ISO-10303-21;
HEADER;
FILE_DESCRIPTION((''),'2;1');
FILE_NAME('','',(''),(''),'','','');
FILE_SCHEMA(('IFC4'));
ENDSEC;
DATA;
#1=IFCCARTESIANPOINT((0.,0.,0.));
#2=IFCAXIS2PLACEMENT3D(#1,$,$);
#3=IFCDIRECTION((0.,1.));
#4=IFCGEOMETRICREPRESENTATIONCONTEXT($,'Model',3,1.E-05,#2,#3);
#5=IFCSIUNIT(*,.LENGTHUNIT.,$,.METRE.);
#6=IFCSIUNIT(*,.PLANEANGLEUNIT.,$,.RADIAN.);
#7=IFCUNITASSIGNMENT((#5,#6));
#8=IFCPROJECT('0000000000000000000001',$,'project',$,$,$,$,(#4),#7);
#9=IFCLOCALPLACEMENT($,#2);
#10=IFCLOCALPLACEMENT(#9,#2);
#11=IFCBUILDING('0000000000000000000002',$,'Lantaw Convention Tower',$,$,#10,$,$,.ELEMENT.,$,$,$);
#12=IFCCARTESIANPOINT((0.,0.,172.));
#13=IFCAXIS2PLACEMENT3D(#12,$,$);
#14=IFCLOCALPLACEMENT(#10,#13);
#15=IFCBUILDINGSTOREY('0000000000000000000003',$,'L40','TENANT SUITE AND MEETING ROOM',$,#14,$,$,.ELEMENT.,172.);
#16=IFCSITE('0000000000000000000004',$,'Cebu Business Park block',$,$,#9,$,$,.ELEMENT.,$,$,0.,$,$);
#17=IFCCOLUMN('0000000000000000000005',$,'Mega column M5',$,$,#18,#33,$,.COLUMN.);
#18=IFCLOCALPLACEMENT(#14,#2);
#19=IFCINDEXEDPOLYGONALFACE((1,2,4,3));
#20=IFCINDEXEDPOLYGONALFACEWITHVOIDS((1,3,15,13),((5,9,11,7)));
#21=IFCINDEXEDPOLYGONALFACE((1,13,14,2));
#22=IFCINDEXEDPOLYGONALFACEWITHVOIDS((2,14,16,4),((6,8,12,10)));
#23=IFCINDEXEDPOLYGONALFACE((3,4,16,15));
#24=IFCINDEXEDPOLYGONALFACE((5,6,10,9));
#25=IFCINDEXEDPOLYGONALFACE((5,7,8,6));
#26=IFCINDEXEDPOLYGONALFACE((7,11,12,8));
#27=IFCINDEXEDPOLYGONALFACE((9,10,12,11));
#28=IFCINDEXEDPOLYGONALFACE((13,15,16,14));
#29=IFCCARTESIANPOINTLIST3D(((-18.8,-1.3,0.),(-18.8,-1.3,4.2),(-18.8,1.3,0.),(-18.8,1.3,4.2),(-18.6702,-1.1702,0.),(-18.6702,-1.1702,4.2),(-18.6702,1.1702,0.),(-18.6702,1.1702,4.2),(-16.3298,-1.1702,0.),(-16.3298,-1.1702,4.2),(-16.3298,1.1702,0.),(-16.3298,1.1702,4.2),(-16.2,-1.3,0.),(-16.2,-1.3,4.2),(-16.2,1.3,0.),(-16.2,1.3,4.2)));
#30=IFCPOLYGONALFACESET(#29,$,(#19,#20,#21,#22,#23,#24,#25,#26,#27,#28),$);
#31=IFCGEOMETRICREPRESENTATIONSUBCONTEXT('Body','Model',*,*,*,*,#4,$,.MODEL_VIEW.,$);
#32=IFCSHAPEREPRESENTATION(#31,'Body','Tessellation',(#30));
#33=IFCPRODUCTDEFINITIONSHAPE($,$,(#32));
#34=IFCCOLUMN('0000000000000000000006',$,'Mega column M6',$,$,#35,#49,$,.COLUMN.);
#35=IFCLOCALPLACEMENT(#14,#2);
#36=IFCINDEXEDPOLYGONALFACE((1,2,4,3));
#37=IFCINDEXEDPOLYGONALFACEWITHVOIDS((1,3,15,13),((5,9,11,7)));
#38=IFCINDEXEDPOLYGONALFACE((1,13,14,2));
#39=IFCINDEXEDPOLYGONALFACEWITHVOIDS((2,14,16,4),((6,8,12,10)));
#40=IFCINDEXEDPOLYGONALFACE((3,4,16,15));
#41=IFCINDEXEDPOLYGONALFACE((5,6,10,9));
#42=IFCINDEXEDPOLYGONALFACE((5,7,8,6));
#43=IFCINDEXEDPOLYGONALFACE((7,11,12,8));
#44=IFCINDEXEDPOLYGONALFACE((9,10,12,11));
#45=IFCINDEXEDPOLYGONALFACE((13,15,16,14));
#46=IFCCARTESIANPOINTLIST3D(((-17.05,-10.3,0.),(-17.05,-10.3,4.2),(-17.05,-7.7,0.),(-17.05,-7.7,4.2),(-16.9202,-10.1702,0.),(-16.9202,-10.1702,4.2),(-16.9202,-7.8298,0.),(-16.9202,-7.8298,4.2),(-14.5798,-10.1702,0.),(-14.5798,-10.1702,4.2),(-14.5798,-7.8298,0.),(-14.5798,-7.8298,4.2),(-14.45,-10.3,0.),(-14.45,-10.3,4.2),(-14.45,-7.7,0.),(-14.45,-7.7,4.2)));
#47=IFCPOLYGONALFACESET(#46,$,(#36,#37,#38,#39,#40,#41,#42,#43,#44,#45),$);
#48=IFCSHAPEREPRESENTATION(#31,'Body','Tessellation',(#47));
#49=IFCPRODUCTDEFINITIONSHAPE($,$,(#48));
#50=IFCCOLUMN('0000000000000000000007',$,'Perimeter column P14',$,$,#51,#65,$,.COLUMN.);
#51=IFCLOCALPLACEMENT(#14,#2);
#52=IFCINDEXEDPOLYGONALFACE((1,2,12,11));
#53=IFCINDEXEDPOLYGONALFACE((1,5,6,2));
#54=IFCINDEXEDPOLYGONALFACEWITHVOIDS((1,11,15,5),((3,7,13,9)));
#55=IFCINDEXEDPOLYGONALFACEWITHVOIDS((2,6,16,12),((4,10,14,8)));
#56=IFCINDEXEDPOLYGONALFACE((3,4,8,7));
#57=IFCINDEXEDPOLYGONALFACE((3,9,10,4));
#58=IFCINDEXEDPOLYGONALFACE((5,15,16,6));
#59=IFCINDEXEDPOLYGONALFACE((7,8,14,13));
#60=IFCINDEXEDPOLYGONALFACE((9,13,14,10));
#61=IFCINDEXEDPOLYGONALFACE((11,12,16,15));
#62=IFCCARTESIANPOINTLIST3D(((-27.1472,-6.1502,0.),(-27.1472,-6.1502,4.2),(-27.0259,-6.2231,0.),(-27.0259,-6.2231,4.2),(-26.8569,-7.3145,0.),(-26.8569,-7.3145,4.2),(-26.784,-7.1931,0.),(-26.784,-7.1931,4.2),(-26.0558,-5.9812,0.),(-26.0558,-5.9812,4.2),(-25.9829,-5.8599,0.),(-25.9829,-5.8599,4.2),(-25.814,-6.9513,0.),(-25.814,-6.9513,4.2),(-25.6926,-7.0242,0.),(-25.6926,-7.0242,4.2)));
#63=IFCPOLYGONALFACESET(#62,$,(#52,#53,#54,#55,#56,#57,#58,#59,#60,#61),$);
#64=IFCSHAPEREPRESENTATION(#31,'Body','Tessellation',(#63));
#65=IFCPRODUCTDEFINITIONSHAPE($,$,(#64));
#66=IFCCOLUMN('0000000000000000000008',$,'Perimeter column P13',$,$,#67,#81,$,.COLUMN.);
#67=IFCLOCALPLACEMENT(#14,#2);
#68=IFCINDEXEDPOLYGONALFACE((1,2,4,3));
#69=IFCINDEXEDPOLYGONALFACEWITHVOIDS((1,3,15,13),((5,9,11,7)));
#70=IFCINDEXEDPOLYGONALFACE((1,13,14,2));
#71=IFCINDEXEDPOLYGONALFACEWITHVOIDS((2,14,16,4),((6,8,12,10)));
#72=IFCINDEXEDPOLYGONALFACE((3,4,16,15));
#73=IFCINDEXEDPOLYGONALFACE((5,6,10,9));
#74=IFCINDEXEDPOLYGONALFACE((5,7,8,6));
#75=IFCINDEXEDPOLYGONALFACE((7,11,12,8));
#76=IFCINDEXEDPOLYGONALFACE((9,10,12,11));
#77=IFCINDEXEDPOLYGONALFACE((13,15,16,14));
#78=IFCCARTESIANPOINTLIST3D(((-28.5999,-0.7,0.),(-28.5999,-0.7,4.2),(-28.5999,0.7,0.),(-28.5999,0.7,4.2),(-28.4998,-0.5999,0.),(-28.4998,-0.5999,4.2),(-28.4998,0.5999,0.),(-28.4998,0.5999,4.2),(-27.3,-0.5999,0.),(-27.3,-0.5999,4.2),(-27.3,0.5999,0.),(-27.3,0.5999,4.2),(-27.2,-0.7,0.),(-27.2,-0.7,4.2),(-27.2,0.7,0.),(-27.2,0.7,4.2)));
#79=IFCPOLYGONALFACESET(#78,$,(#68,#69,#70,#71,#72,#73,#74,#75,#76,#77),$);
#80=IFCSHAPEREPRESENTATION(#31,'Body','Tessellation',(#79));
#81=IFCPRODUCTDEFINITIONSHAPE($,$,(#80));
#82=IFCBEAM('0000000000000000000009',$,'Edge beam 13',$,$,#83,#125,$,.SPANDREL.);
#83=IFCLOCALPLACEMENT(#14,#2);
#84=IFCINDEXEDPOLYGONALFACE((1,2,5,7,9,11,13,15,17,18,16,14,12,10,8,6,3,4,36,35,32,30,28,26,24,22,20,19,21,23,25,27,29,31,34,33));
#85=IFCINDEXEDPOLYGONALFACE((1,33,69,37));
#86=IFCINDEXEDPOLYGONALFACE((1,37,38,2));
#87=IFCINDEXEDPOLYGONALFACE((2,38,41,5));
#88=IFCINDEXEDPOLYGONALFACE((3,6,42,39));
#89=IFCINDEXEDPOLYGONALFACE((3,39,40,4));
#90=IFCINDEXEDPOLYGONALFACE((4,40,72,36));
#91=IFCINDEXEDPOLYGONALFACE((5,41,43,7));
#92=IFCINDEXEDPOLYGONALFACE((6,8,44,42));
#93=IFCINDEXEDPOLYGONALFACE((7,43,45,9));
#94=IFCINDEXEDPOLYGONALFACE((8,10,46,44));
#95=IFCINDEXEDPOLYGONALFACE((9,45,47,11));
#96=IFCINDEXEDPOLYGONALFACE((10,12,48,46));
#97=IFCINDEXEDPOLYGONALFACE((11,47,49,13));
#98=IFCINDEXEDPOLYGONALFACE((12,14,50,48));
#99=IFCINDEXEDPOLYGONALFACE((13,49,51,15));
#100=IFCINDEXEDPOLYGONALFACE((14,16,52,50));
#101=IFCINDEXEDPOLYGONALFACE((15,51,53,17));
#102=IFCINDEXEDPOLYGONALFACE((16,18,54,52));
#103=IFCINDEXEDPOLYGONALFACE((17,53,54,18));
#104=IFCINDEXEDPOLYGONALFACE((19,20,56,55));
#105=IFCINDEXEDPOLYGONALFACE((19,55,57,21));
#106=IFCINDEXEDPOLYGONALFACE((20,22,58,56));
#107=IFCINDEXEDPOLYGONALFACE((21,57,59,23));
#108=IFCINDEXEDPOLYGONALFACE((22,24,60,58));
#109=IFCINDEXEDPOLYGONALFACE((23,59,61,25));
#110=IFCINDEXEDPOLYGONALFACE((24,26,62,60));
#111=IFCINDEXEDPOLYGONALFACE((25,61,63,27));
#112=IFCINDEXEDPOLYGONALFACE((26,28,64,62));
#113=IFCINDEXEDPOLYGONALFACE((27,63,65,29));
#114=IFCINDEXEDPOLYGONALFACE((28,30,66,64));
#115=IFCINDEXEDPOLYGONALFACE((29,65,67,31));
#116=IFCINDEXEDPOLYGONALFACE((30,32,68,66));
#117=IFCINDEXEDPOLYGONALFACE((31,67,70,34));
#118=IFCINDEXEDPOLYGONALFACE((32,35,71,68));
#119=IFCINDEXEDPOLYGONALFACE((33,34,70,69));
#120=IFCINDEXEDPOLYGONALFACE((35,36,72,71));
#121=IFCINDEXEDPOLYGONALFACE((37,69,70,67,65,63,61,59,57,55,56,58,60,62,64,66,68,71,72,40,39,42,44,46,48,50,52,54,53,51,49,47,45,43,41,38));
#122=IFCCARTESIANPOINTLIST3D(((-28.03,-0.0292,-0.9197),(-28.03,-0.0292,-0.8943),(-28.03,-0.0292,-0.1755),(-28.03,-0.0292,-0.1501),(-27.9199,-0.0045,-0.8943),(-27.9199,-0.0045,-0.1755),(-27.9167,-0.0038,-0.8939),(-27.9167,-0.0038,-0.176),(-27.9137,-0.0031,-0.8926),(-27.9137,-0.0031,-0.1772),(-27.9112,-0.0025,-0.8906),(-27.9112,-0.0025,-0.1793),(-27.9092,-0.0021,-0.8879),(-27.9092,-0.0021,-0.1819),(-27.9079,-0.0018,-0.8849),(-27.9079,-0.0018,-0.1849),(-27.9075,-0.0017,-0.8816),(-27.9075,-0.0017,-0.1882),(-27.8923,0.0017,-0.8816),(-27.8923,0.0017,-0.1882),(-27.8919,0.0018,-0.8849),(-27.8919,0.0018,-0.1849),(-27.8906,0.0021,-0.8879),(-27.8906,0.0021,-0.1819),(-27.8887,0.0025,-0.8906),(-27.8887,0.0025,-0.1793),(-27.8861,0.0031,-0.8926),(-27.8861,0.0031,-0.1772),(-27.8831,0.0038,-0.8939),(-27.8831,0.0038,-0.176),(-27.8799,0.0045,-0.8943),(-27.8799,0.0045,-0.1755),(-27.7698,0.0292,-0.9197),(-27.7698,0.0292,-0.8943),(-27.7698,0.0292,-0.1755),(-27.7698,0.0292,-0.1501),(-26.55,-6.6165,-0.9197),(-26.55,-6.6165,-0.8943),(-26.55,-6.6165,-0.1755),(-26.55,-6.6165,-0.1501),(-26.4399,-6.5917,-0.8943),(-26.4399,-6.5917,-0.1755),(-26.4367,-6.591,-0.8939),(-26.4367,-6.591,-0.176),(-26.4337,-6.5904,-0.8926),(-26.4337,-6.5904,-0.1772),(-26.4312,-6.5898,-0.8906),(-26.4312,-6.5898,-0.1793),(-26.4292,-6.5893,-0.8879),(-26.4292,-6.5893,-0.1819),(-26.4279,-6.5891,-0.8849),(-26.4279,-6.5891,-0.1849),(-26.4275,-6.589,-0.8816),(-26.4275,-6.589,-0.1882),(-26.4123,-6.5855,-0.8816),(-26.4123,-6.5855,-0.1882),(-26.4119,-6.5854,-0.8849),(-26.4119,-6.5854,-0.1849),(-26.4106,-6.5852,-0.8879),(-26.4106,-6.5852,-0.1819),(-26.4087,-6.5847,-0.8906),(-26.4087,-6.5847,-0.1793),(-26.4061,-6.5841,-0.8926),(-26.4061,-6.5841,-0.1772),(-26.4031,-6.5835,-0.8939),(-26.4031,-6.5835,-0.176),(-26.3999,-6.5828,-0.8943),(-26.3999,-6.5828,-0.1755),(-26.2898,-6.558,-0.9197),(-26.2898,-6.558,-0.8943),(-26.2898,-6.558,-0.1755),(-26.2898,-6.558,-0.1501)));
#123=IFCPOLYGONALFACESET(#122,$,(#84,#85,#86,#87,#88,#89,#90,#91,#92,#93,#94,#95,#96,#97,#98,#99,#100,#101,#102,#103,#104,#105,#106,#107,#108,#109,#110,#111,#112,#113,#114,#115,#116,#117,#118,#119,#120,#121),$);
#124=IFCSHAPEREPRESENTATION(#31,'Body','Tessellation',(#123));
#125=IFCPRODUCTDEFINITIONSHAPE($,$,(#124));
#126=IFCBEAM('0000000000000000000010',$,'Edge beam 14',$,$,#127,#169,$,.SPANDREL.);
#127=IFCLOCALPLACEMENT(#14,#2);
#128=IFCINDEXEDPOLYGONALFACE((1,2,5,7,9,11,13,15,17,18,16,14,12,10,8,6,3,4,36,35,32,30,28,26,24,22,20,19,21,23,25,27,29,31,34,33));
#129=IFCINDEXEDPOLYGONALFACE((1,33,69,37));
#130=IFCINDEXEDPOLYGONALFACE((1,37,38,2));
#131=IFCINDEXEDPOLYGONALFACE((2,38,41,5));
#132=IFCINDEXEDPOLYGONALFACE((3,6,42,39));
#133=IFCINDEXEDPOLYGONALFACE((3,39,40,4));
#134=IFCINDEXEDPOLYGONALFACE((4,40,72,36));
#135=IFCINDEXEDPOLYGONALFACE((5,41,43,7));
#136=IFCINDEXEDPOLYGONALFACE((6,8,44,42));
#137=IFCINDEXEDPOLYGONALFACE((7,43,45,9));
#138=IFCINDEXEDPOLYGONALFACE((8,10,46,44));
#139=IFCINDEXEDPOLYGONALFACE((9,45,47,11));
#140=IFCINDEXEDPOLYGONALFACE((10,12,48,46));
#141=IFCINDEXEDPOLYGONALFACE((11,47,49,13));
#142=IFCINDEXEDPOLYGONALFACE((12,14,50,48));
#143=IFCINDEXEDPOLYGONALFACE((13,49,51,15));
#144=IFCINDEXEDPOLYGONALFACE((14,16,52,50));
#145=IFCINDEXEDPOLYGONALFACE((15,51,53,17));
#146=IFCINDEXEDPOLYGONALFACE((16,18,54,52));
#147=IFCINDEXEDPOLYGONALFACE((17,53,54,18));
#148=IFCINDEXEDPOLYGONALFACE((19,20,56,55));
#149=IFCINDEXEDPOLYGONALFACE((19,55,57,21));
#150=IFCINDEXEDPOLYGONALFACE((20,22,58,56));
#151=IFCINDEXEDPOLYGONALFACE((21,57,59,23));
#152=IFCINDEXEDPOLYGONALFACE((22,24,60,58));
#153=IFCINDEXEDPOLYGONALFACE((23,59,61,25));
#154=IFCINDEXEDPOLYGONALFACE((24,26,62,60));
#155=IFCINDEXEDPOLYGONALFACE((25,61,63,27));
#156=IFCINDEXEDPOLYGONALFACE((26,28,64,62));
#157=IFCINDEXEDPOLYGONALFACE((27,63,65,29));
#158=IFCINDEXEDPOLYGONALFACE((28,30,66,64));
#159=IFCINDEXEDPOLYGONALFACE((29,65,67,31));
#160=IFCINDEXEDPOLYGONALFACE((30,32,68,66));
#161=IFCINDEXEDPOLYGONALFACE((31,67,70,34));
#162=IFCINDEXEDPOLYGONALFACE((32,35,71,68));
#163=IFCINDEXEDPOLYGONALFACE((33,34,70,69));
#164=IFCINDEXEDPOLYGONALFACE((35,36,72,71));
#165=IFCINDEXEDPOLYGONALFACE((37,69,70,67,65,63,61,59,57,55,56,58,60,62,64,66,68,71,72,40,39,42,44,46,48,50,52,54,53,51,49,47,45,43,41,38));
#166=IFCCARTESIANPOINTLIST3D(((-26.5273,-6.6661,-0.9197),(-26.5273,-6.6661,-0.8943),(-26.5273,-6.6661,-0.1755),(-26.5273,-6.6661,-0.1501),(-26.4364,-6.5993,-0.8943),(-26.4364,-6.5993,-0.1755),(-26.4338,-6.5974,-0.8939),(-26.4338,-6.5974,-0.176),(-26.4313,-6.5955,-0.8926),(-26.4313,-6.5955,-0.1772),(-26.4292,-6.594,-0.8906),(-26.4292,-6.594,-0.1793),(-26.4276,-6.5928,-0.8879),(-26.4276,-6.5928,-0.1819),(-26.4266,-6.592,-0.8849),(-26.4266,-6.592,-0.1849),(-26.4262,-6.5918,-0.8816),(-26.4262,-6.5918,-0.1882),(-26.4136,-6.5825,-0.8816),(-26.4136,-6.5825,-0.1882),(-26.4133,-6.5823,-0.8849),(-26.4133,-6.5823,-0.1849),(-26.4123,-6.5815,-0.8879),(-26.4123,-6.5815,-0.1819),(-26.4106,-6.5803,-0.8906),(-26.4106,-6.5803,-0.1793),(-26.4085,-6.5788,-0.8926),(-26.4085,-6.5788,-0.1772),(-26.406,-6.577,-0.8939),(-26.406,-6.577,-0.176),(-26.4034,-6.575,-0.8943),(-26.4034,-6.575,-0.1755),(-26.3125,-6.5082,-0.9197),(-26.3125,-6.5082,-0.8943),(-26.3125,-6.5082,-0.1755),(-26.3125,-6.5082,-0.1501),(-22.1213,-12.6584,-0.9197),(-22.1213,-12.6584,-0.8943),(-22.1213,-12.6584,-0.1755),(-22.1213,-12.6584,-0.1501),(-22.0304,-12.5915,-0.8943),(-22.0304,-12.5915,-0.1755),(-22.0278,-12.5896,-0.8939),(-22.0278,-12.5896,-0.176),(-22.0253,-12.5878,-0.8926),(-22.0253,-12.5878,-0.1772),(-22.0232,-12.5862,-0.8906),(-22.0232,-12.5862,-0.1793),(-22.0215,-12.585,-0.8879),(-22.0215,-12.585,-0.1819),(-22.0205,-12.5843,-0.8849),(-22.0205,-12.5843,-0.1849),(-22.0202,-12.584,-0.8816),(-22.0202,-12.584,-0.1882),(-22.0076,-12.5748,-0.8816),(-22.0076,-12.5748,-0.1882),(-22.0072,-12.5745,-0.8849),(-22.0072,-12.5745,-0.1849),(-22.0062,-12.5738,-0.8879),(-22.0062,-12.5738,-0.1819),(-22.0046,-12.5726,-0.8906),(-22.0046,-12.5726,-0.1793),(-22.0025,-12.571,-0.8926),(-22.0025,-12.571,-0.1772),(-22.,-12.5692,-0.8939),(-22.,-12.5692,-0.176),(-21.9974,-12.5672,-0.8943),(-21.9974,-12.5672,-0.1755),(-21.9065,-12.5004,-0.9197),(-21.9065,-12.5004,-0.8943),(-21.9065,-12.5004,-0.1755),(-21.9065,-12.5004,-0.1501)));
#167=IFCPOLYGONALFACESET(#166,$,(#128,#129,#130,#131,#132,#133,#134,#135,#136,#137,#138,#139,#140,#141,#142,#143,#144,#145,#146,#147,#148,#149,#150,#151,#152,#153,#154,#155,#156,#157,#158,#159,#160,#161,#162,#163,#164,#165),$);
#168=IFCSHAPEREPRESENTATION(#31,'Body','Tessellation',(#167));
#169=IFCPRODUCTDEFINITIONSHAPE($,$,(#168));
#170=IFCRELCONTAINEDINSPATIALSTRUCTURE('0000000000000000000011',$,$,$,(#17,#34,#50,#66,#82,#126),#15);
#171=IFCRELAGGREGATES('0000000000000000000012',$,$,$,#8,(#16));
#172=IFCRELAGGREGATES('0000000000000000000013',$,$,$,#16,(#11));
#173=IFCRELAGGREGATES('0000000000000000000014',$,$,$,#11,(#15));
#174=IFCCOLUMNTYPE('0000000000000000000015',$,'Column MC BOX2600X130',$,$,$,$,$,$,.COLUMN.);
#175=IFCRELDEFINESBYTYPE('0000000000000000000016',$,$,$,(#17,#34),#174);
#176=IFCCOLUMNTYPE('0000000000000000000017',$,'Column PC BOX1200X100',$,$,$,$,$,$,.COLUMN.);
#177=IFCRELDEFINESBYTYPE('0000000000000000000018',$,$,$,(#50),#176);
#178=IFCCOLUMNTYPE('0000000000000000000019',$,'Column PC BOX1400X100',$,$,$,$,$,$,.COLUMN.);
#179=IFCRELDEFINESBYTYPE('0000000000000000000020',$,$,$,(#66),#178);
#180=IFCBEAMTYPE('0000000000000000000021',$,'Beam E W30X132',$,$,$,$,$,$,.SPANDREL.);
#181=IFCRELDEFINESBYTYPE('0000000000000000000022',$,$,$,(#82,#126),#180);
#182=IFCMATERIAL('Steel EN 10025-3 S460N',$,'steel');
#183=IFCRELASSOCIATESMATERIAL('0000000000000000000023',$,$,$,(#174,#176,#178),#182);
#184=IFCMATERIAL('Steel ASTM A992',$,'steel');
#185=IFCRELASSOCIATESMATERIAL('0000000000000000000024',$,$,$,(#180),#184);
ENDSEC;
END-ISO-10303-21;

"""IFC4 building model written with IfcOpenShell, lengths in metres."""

from ifc_helpers import new_model, si_unit, direction, frame, origin, origin_2d, place, context, subcontext, project, spatial, rectangle, hollow_rectangle, i_section, extrude, material, material_profile, profile_set, type_object, element, save


model = new_model("IFC4")

# Units and contexts
model_context = context("Model", 3, precision=1e-05, world=origin(), true_north=direction((0.0, 1.0)))
body_context = subcontext(model_context, "Body", "Model", "MODEL_VIEW")
ifc_project = project(units=[si_unit("LENGTHUNIT", "METRE"), si_unit("PLANEANGLEUNIT", "RADIAN")], contexts=[model_context])

# Site, building, storey
site_placement = place(None, origin())
site = spatial("IfcSite", under=ifc_project, at=site_placement, Name="Cebu Business Park block", CompositionType="ELEMENT", RefElevation=0.0)
building_placement = place(site_placement, origin())
building = spatial("IfcBuilding", under=site, at=building_placement, Name="Lantaw Convention Tower", CompositionType="ELEMENT")
storey_placement = place(building_placement, frame((0.0, 0.0, 172.0)))
storey = spatial("IfcBuildingStorey", under=building, at=storey_placement, Name="L40", Description="TENANT SUITE AND MEETING ROOM", CompositionType="ELEMENT", Elevation=172.0)

# Columns
ifc_material_1 = material(Name="Steel EN 10025-3 S460N", Category="steel")
ifc_material_profile_1 = material_profile(ifc_material_1, hollow_rectangle(XDim=2.6001, YDim=2.6001, WallThickness=0.1299, at=origin_2d()), Name="BOX2600X130")
ifc_material_2 = material(Name="Concrete C60/75", Category="concrete")
ifc_material_profile_2 = material_profile(ifc_material_2, rectangle(XDim=2.3401, YDim=2.3401, at=origin_2d()), Name="Concrete fill of BOX2600X130")
ifc_profile_set_1 = profile_set([ifc_material_profile_1, ifc_material_profile_2], Name="Steel EN 10025-3 S460N")
column_type_1 = type_object("IfcColumnType", Name="Column MC BOX2600X130", PredefinedType="COLUMN", material=ifc_profile_set_1)
for number, where, z_axis, x_axis, name in (
    (1, (-17.5, 0.0, 0.0), (0.0, 0.0, 1.0), (1.0, 0.0, 0.0), "Mega column M5"),
    (2, (-15.75, -9.0, 0.0), (0.0, 0.0, 1.0), (1.0, 0.0, 0.0), "Mega column M6"),
):
    element("IfcColumn", number, at=place(storey_placement, frame(where, z_axis=z_axis, x_axis=x_axis)), inside=storey, type_object=column_type_1, Name=name, PredefinedType="COLUMN", context=body_context, shape_type="SweptSolid", body=[
        extrude(hollow_rectangle(XDim=2.6001, YDim=2.6001, WallThickness=0.1299, at=origin_2d()), origin(), (0.0, 0.0, 1.0), 4.2),
    ])
ifc_material_profile_3 = material_profile(ifc_material_1, hollow_rectangle(XDim=1.2, YDim=1.2, WallThickness=0.1001, at=origin_2d()), Name="BOX1200X100")
ifc_material_profile_4 = material_profile(ifc_material_2, rectangle(XDim=1.0, YDim=1.0, at=origin_2d()), Name="Concrete fill of BOX1200X100")
ifc_profile_set_2 = profile_set([ifc_material_profile_3, ifc_material_profile_4], Name="Steel EN 10025-3 S460N")
column_type_2 = type_object("IfcColumnType", Name="Column PC BOX1200X100", PredefinedType="COLUMN", material=ifc_profile_set_2)
column_1_placement = place(storey_placement, frame((-26.4199, -6.5872, 0.0), z_axis=(0.0, 0.0, 1.0), x_axis=(0.970296, 0.241922, 0.0)))
element("IfcColumn", 3, at=column_1_placement, inside=storey, type_object=column_type_2, Name="Perimeter column P14", PredefinedType="COLUMN", context=body_context, shape_type="SweptSolid", body=[
    extrude(hollow_rectangle(XDim=1.2, YDim=1.2, WallThickness=0.1001, at=origin_2d()), origin(), (0.0, 0.0, 1.0), 4.2),
])
ifc_material_profile_5 = material_profile(ifc_material_1, hollow_rectangle(XDim=1.3999, YDim=1.3999, WallThickness=0.1001, at=origin_2d()), Name="BOX1400X100")
ifc_material_profile_6 = material_profile(ifc_material_2, rectangle(XDim=1.2, YDim=1.2, at=origin_2d()), Name="Concrete fill of BOX1400X100")
ifc_profile_set_3 = profile_set([ifc_material_profile_5, ifc_material_profile_6], Name="Steel EN 10025-3 S460N")
column_type_3 = type_object("IfcColumnType", Name="Column PC BOX1400X100", PredefinedType="COLUMN", material=ifc_profile_set_3)
column_2_placement = place(storey_placement, frame((-27.8999, 0.0, 0.0), z_axis=(0.0, 0.0, 1.0), x_axis=(1.0, 0.0, 0.0)))
element("IfcColumn", 4, at=column_2_placement, inside=storey, type_object=column_type_3, Name="Perimeter column P13", PredefinedType="COLUMN", context=body_context, shape_type="SweptSolid", body=[
    extrude(hollow_rectangle(XDim=1.3999, YDim=1.3999, WallThickness=0.1001, at=origin_2d()), origin(), (0.0, 0.0, 1.0), 4.2),
])

# Beams
ifc_material_3 = material(Name="Steel ASTM A992", Category="steel")
ifc_material_profile_7 = material_profile(ifc_material_3, i_section(OverallWidth=0.2666, OverallDepth=0.7695, WebThickness=0.0156, FlangeThickness=0.0254, FilletRadius=0.0127, at=origin_2d()), Name="W30X132")
ifc_profile_set_4 = profile_set([ifc_material_profile_7], Name="Steel ASTM A992")
beam_type_1 = type_object("IfcBeamType", Name="Beam E W30X132", PredefinedType="SPANDREL", material=ifc_profile_set_4)
beam_1_placement = place(storey_placement, frame((-27.8999, 0.0, -0.5349), z_axis=(0.219212, -0.975677, 0.0), x_axis=(0.975677, 0.219212, 0.0)))
element("IfcBeam", 5, at=beam_1_placement, inside=storey, type_object=beam_type_1, Name="Edge beam 13", PredefinedType="SPANDREL", context=body_context, shape_type="SweptSolid", body=[
    extrude(i_section(OverallWidth=0.2666, OverallDepth=0.7695, WebThickness=0.0156, FlangeThickness=0.0254, FilletRadius=0.0127, at=origin_2d()), origin(), (0.0, 0.0, 1.0), 6.7515),
])
beam_2_placement = place(storey_placement, frame((-26.4199, -6.5872, -0.5349), z_axis=(0.592389, -0.805652, 0.0), x_axis=(0.805652, 0.592389, 0.0)))
element("IfcBeam", 6, at=beam_2_placement, inside=storey, type_object=beam_type_1, Name="Edge beam 14", PredefinedType="SPANDREL", context=body_context, shape_type="SweptSolid", body=[
    extrude(i_section(OverallWidth=0.2666, OverallDepth=0.7695, WebThickness=0.0156, FlangeThickness=0.0254, FilletRadius=0.0127, at=origin_2d()), origin(), (0.0, 0.0, 1.0), 7.4377),
])

save(model, "model.ifc")
